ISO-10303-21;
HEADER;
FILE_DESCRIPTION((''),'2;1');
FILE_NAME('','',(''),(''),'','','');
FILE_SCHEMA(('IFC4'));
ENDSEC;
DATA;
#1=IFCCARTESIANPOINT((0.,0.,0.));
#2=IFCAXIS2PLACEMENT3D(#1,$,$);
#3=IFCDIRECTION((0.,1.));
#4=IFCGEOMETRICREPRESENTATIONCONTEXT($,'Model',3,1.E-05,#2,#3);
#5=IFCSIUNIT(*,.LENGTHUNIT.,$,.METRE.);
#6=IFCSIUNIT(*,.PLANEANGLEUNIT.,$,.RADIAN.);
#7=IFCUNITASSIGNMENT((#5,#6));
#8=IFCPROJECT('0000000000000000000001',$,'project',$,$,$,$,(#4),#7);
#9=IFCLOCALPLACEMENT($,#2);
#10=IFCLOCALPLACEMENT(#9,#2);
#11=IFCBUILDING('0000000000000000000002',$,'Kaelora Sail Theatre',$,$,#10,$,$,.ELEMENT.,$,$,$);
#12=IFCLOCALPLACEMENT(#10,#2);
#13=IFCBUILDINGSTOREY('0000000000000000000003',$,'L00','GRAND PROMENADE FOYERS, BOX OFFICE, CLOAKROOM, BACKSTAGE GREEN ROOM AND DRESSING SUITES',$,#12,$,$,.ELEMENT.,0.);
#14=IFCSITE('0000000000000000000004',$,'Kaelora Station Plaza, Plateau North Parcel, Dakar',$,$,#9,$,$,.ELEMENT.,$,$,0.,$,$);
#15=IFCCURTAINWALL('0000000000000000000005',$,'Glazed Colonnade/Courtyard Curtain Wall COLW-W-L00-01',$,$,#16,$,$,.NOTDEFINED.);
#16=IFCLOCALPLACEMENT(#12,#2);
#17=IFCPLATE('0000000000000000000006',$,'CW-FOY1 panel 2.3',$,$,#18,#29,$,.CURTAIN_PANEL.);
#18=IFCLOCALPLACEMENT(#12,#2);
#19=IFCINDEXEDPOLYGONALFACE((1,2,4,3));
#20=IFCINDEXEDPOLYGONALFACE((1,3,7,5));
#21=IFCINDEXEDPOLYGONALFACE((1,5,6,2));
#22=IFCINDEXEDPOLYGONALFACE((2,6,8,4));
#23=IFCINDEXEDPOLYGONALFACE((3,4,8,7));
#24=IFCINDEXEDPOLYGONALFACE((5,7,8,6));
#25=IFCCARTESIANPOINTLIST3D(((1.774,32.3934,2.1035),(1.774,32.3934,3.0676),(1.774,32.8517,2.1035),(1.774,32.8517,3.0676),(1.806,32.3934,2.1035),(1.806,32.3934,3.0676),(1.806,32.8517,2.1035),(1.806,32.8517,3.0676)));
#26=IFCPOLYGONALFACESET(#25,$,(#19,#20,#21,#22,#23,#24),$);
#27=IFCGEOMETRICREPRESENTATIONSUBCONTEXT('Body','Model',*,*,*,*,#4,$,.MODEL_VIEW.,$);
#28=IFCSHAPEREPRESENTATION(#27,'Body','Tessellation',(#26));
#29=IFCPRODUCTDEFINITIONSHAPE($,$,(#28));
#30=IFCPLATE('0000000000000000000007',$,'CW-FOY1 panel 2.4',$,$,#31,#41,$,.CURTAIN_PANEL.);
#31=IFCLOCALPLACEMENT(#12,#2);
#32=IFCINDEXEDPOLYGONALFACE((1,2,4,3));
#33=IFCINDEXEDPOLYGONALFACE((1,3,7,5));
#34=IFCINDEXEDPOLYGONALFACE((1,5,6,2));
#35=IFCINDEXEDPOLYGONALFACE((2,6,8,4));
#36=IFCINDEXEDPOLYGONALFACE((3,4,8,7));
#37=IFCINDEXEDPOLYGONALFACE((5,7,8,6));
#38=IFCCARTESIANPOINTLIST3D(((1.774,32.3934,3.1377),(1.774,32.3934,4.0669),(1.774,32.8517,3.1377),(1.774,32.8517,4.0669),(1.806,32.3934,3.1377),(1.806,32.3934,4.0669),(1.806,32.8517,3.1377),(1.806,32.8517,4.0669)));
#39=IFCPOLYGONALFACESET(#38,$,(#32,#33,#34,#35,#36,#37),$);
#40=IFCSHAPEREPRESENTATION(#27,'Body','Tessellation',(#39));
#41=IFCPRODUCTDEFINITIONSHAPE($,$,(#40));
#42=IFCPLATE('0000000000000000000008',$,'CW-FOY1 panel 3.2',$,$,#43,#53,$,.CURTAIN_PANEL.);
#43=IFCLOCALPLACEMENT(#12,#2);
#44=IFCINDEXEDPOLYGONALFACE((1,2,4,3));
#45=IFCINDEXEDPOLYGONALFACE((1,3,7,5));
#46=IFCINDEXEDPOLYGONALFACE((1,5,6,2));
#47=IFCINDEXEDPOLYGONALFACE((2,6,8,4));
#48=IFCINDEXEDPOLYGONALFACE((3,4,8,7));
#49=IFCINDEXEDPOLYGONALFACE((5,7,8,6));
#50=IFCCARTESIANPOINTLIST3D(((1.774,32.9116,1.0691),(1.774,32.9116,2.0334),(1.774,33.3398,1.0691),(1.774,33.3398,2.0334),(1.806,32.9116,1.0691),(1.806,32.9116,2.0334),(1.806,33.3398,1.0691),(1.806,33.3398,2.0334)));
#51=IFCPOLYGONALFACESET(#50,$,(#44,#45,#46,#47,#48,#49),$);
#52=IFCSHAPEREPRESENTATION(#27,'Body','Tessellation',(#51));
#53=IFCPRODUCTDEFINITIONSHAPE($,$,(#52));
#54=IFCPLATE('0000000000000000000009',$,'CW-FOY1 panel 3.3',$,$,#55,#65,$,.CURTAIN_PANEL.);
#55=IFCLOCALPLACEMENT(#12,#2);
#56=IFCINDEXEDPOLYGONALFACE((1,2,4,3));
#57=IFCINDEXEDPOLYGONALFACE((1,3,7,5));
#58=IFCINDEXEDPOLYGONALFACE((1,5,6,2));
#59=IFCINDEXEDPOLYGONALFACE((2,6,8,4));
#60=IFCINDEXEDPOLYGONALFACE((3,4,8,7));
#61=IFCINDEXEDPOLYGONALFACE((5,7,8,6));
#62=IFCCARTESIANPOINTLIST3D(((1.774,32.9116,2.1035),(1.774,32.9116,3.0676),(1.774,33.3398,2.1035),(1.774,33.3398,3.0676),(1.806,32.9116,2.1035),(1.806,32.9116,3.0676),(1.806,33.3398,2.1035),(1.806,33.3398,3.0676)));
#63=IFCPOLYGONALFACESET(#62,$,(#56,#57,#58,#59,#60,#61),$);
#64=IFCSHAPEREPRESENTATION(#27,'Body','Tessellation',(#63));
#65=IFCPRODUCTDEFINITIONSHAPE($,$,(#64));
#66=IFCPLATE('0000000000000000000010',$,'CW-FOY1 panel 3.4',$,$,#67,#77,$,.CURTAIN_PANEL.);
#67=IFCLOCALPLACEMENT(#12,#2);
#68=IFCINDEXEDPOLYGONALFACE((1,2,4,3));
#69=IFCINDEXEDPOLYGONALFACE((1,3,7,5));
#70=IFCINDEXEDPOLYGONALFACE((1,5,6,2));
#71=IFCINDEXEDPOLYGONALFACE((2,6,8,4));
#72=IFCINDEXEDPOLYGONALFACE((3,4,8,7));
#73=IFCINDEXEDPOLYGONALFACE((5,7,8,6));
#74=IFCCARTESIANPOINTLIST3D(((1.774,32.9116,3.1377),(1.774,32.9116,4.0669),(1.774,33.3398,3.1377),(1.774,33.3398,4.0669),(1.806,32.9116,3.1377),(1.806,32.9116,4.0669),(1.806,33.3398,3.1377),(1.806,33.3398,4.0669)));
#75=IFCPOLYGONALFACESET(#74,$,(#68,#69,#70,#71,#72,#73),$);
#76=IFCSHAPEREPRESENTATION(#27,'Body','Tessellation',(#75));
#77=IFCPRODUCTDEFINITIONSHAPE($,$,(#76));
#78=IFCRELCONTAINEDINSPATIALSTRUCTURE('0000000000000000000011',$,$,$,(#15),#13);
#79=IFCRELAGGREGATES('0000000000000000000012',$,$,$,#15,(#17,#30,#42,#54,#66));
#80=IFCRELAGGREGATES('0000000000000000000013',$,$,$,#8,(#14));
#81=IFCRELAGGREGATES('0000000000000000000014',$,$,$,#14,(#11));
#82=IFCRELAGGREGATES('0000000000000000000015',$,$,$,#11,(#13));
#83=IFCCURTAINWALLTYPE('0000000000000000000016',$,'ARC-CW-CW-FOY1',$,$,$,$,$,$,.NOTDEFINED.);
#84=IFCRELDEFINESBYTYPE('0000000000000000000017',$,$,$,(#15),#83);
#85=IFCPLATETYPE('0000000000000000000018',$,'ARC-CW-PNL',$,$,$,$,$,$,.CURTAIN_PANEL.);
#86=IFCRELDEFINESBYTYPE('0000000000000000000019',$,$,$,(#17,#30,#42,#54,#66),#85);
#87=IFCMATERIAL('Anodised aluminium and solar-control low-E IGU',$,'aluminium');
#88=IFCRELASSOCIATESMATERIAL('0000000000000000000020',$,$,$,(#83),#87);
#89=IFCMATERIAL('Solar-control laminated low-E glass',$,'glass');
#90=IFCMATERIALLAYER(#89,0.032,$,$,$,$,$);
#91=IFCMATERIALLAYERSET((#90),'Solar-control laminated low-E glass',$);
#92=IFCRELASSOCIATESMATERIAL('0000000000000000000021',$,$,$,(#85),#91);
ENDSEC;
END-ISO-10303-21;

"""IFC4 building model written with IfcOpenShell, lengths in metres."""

from ifc_helpers import new_model, si_unit, direction, frame, origin, origin_2d, place, context, subcontext, project, spatial, rectangle, extrude, material, layer, layer_set, type_object, element, aggregate, save


model = new_model("IFC4")

# Units and contexts
model_context = context("Model", 3, precision=1e-05, world=origin(), true_north=direction((0.0, 1.0)))
body_context = subcontext(model_context, "Body", "Model", "MODEL_VIEW")
ifc_project = project(units=[si_unit("LENGTHUNIT", "METRE"), si_unit("PLANEANGLEUNIT", "RADIAN")], contexts=[model_context])

# Site, building, storey
site_placement = place(None, origin())
site = spatial("IfcSite", under=ifc_project, at=site_placement, Name="Kaelora Station Plaza, Plateau North Parcel, Dakar", CompositionType="ELEMENT", RefElevation=0.0)
building_placement = place(site_placement, origin())
building = spatial("IfcBuilding", under=site, at=building_placement, Name="Kaelora Sail Theatre", CompositionType="ELEMENT")
storey_placement = place(building_placement, origin())
storey = spatial("IfcBuildingStorey", under=building, at=storey_placement, Name="L00", Description="GRAND PROMENADE FOYERS, BOX OFFICE, CLOAKROOM, BACKSTAGE GREEN ROOM AND DRESSING SUITES", CompositionType="ELEMENT", Elevation=0.0)

# Curtain wall
ifc_material_1 = material(Name="Anodised aluminium and solar-control low-E IGU", Category="aluminium")
curtain_wall_type = type_object("IfcCurtainWallType", Name="ARC-CW-CW-FOY1", PredefinedType="NOTDEFINED", material=ifc_material_1)
curtain_wall_1_placement = place(storey_placement, origin())
curtain_wall_1 = element("IfcCurtainWall", 1, at=curtain_wall_1_placement, inside=storey, type_object=curtain_wall_type, Name="Glazed Colonnade/Courtyard Curtain Wall COLW-W-L00-01", PredefinedType="NOTDEFINED")

# Plates
ifc_material_2 = material(Name="Solar-control laminated low-E glass", Category="glass")
ifc_layer = layer(ifc_material_2, 0.032)
ifc_layer_set = layer_set([ifc_layer], Name="Solar-control laminated low-E glass")
plate_type = type_object("IfcPlateType", Name="ARC-CW-PNL", PredefinedType="CURTAIN_PANEL", material=ifc_layer_set)
plate_1_placement = place(storey_placement, frame((1.79, 32.6226, 2.1035), z_axis=(0.0, 0.0, 1.0), x_axis=(0.0, 1.0, 0.0)))
plate_1 = element("IfcPlate", 2, at=plate_1_placement, type_object=plate_type, Name="CW-FOY1 panel 2.3", PredefinedType="CURTAIN_PANEL", context=body_context, shape_type="SweptSolid", body=[
    extrude(rectangle(XDim=0.4583, YDim=0.032, at=origin_2d()), origin(), (0.0, 0.0, 1.0), 0.9641),
])
plate_2_placement = place(storey_placement, frame((1.79, 32.6226, 3.1377), z_axis=(0.0, 0.0, 1.0), x_axis=(0.0, 1.0, 0.0)))
plate_2 = element("IfcPlate", 3, at=plate_2_placement, type_object=plate_type, Name="CW-FOY1 panel 2.4", PredefinedType="CURTAIN_PANEL", context=body_context, shape_type="SweptSolid", body=[
    extrude(rectangle(XDim=0.4583, YDim=0.032, at=origin_2d()), origin(), (0.0, 0.0, 1.0), 0.9292),
])
plate_3_placement = place(storey_placement, frame((1.79, 33.1257, 1.0691), z_axis=(0.0, 0.0, 1.0), x_axis=(0.0, 1.0, 0.0)))
plate_3 = element("IfcPlate", 4, at=plate_3_placement, type_object=plate_type, Name="CW-FOY1 panel 3.2", PredefinedType="CURTAIN_PANEL", context=body_context, shape_type="SweptSolid", body=[
    extrude(rectangle(XDim=0.4282, YDim=0.032, at=origin_2d()), origin(), (0.0, 0.0, 1.0), 0.9644),
])
plate_4_placement = place(storey_placement, frame((1.79, 33.1257, 2.1035), z_axis=(0.0, 0.0, 1.0), x_axis=(0.0, 1.0, 0.0)))
plate_4 = element("IfcPlate", 5, at=plate_4_placement, type_object=plate_type, Name="CW-FOY1 panel 3.3", PredefinedType="CURTAIN_PANEL", context=body_context, shape_type="SweptSolid", body=[
    extrude(rectangle(XDim=0.4282, YDim=0.032, at=origin_2d()), origin(), (0.0, 0.0, 1.0), 0.9641),
])
plate_5_placement = place(storey_placement, frame((1.79, 33.1257, 3.1377), z_axis=(0.0, 0.0, 1.0), x_axis=(0.0, 1.0, 0.0)))
plate_5 = element("IfcPlate", 6, at=plate_5_placement, type_object=plate_type, Name="CW-FOY1 panel 3.4", PredefinedType="CURTAIN_PANEL", context=body_context, shape_type="SweptSolid", body=[
    extrude(rectangle(XDim=0.4282, YDim=0.032, at=origin_2d()), origin(), (0.0, 0.0, 1.0), 0.9292),
])
aggregate(curtain_wall_1, [plate_1, plate_2, plate_3, plate_4, plate_5])

save(model, "model.ifc")
